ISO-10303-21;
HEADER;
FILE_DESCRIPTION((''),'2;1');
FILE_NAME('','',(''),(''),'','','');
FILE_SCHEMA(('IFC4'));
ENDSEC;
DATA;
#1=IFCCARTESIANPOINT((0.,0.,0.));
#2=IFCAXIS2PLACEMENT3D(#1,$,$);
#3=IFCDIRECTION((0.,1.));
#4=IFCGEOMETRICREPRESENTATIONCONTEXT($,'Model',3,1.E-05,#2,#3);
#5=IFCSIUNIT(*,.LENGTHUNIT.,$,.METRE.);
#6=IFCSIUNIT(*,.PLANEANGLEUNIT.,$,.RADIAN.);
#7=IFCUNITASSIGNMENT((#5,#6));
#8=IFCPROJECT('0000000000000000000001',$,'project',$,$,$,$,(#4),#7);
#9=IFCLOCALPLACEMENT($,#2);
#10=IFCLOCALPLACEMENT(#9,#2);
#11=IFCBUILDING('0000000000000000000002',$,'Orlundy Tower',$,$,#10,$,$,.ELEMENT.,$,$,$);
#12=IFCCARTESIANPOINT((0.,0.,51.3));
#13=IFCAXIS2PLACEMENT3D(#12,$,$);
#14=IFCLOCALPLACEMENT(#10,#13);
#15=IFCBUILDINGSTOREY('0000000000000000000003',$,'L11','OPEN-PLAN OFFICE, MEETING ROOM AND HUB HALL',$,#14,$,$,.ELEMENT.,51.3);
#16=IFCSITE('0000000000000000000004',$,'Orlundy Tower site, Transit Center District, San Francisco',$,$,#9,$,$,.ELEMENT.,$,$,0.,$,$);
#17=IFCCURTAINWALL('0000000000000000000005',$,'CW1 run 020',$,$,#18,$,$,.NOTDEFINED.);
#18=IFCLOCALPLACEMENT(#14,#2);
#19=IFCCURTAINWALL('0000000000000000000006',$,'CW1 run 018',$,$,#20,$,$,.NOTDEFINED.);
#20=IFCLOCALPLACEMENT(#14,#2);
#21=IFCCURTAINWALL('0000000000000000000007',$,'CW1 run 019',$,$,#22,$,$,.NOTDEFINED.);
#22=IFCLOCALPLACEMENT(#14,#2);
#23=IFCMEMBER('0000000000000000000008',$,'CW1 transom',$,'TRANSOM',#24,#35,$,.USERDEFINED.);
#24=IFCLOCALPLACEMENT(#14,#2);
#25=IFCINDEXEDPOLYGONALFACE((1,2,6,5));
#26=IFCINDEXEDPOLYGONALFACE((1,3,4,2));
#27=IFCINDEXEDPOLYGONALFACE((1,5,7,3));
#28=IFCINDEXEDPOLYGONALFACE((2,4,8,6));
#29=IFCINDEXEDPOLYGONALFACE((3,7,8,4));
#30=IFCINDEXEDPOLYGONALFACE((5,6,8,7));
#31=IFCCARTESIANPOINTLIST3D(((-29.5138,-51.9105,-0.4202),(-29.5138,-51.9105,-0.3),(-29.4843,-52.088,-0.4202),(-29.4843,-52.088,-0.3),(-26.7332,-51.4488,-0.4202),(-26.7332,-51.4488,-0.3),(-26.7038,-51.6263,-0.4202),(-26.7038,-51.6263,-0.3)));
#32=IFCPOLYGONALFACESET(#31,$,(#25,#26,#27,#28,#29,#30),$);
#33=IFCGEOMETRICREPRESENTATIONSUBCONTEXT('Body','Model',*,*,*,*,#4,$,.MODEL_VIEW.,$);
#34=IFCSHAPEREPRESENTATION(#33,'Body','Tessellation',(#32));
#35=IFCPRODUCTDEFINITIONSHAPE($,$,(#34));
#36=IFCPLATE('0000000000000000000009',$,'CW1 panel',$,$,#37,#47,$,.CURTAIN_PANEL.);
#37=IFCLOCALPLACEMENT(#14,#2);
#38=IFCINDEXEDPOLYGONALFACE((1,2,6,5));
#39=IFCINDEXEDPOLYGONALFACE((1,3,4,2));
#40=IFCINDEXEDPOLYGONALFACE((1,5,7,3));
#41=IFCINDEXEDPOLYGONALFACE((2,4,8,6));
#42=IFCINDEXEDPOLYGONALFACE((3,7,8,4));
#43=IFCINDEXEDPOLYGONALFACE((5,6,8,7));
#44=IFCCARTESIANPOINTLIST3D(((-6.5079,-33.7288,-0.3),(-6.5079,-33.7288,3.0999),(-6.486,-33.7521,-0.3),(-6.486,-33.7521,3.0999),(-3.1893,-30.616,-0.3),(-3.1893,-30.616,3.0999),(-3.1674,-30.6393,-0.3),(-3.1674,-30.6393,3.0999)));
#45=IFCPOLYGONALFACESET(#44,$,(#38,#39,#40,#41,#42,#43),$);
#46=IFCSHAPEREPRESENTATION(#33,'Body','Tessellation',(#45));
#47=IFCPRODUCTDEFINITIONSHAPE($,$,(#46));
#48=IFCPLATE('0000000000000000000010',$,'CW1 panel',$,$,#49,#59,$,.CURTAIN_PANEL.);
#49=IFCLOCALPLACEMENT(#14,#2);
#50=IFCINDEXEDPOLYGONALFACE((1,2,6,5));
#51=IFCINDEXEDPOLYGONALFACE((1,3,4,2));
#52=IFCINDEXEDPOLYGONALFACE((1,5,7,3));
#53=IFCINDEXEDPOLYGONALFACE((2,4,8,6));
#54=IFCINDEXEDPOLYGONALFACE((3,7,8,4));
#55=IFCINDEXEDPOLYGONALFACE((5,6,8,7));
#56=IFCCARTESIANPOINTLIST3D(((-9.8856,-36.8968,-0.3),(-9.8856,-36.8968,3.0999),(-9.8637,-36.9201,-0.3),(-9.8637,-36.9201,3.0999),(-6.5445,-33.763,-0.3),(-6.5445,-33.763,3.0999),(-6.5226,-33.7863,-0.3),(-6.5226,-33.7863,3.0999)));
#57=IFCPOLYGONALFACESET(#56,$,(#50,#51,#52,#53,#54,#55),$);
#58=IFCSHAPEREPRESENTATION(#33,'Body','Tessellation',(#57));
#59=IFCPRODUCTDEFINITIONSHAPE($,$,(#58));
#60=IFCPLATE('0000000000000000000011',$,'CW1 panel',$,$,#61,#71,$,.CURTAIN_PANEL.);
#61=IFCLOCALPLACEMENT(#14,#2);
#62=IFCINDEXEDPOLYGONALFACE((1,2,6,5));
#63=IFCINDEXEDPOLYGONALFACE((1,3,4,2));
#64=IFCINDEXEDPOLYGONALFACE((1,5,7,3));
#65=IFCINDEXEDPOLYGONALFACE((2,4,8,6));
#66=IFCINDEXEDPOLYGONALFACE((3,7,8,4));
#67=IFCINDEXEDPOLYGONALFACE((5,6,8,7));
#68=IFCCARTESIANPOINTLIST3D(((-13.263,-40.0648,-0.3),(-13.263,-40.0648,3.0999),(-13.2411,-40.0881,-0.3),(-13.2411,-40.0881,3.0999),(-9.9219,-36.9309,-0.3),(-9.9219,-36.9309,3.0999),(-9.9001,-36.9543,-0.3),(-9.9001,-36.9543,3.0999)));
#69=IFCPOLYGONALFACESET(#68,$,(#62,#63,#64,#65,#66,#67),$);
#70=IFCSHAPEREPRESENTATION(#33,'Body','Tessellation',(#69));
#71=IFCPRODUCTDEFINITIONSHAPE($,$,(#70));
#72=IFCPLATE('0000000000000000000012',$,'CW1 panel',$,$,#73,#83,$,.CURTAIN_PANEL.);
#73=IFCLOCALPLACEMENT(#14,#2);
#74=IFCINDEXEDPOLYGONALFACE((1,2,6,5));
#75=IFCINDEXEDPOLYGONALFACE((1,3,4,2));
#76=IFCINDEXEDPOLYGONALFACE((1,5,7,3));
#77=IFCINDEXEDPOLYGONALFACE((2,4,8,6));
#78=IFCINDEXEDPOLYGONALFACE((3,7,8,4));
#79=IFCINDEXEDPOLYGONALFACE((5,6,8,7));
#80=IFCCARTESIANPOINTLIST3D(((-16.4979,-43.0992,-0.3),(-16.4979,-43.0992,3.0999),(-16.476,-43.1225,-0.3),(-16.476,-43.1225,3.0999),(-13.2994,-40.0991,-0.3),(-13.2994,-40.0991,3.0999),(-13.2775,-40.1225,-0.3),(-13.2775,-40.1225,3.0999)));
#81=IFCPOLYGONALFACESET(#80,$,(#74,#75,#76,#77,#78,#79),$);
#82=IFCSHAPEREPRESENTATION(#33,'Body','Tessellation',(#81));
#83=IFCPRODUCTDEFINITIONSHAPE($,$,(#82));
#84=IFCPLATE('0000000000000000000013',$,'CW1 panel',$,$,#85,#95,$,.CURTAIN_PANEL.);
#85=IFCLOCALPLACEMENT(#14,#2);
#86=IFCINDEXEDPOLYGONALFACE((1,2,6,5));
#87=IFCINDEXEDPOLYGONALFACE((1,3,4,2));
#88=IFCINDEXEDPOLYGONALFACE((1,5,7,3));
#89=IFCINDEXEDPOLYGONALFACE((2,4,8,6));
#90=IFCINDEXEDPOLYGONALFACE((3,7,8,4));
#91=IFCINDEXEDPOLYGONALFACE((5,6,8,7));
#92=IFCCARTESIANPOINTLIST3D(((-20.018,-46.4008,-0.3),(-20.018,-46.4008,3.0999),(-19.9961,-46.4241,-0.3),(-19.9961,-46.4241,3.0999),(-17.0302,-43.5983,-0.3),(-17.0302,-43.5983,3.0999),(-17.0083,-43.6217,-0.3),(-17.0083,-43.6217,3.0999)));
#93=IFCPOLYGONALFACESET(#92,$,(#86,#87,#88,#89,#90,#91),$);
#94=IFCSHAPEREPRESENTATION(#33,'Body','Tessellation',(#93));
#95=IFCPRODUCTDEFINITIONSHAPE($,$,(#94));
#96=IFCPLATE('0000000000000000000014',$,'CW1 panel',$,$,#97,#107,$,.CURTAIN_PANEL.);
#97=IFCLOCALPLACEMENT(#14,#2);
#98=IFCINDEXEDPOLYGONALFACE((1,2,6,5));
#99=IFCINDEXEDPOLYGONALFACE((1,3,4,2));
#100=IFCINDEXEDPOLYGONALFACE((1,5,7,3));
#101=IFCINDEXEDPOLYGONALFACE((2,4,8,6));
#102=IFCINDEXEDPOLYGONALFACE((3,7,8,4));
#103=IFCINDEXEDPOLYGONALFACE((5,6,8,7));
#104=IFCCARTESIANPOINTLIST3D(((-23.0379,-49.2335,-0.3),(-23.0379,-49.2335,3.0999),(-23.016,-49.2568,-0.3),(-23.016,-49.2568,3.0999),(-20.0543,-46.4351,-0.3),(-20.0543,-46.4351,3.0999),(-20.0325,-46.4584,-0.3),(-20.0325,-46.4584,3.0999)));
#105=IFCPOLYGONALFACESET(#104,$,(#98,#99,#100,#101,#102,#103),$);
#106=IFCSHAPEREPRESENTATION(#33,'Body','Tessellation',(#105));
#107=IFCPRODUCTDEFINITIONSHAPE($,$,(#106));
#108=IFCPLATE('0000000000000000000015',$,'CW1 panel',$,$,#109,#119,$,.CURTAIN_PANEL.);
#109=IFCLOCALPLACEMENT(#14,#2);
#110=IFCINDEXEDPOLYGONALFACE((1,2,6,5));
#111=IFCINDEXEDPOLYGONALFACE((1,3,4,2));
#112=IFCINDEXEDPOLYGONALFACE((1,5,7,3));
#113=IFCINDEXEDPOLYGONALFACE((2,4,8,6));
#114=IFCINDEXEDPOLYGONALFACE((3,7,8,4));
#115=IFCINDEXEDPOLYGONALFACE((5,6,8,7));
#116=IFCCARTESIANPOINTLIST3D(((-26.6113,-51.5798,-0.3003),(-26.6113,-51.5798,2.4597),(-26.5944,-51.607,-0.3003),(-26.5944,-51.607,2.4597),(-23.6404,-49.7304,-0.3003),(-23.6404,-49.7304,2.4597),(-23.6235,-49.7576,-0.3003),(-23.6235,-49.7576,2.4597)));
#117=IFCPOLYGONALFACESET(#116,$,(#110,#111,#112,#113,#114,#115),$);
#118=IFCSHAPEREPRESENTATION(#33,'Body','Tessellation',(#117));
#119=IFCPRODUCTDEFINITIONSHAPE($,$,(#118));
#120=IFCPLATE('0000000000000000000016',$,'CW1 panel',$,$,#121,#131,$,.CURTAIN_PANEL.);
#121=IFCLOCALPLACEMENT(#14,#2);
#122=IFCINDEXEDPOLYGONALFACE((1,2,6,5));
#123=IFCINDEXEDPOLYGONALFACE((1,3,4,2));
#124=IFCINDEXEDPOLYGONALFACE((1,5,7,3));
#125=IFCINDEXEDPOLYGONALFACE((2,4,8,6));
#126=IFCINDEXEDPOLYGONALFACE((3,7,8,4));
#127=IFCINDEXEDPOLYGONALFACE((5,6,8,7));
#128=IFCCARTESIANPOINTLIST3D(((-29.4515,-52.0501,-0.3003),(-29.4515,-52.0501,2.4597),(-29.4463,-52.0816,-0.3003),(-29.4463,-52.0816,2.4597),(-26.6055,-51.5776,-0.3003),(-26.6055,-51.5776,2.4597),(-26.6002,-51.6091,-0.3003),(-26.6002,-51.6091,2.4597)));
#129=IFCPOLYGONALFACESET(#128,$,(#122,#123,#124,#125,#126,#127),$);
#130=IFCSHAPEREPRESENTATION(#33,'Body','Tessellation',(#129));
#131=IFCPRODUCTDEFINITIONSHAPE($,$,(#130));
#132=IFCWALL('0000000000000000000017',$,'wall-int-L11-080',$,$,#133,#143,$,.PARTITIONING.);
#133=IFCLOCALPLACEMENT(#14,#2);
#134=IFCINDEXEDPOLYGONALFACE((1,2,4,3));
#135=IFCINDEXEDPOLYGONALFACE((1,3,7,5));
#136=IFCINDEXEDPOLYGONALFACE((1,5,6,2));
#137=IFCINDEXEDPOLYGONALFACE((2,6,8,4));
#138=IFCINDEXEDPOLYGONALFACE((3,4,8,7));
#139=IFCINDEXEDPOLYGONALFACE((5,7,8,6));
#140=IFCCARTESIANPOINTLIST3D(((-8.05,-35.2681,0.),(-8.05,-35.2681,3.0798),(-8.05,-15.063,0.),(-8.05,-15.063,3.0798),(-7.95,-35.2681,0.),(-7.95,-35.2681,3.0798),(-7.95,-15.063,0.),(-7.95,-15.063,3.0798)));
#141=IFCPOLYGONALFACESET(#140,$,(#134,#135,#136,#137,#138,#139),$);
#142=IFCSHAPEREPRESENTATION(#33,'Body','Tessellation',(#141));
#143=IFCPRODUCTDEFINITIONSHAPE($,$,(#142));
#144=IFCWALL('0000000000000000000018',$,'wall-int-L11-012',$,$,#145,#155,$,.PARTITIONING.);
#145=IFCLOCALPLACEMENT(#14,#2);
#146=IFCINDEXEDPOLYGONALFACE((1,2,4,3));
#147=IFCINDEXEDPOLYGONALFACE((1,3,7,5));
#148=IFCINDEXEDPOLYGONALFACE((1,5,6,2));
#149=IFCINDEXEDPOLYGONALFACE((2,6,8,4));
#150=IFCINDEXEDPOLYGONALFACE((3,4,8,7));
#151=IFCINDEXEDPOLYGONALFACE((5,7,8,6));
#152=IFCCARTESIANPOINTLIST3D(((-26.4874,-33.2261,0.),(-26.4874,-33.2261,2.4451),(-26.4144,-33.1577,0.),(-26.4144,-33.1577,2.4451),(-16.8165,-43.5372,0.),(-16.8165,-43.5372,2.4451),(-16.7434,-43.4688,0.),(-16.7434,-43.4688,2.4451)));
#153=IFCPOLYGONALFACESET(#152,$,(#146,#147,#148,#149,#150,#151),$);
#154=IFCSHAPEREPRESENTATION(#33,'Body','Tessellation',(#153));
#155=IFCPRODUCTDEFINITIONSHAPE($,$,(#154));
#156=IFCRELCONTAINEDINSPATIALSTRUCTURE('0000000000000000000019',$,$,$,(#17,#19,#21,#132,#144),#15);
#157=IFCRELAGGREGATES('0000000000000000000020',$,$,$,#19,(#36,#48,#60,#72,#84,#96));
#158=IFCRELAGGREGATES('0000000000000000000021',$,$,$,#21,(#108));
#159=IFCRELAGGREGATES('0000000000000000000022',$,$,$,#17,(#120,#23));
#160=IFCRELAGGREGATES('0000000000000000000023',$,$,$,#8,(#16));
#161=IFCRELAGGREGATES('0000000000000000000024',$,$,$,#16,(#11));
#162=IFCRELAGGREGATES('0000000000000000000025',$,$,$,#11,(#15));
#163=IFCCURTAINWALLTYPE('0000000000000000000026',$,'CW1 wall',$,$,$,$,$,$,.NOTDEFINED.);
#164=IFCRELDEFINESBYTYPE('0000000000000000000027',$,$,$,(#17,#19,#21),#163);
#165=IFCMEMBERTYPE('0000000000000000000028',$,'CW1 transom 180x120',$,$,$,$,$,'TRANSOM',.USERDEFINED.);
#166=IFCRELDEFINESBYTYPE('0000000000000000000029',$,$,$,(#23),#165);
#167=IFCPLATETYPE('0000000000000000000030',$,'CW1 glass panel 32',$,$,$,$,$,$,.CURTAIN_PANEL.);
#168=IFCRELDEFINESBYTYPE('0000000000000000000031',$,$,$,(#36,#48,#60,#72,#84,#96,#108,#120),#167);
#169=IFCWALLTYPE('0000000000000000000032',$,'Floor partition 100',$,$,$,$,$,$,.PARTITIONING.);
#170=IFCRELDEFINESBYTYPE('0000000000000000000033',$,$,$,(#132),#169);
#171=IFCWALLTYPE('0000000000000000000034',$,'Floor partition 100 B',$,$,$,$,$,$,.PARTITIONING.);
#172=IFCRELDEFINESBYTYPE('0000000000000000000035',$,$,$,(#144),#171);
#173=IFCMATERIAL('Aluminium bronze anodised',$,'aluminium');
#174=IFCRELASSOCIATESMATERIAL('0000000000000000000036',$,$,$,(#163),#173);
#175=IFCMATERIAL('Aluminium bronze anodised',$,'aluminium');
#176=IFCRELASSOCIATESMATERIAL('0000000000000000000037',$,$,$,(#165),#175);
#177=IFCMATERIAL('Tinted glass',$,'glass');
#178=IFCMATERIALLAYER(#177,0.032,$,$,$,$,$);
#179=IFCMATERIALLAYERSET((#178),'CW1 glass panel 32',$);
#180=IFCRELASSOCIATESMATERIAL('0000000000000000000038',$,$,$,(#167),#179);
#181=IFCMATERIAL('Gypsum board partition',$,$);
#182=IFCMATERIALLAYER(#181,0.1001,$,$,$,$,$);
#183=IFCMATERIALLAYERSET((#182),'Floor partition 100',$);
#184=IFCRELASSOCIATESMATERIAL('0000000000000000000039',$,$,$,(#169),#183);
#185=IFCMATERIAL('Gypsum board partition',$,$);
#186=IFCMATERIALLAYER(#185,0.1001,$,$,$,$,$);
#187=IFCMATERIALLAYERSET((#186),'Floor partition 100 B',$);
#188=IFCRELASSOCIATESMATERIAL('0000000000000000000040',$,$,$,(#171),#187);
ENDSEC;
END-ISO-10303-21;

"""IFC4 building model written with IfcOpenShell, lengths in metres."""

from ifc_helpers import new_model, si_unit, direction, frame, frame_2d, origin, origin_2d, place, context, subcontext, project, spatial, rectangle, extrude, material, layer, layer_set, material_profile, profile_set, type_object, element, aggregate, save


model = new_model("IFC4")

# Units and contexts
model_context = context("Model", 3, precision=1e-05, world=origin(), true_north=direction((0.0, 1.0)))
body_context = subcontext(model_context, "Body", "Model", "MODEL_VIEW")
ifc_project = project(units=[si_unit("LENGTHUNIT", "METRE"), si_unit("PLANEANGLEUNIT", "RADIAN")], contexts=[model_context])

# Site, building, storey
site_placement = place(None, origin())
site = spatial("IfcSite", under=ifc_project, at=site_placement, Name="Orlundy Tower site, Transit Center District, San Francisco", CompositionType="ELEMENT", RefElevation=0.0)
building_placement = place(site_placement, origin())
building = spatial("IfcBuilding", under=site, at=building_placement, Name="Orlundy Tower", CompositionType="ELEMENT")
storey_placement = place(building_placement, frame((0.0, 0.0, 51.3)))
storey = spatial("IfcBuildingStorey", under=building, at=storey_placement, Name="L11", Description="OPEN-PLAN OFFICE, MEETING ROOM AND HUB HALL", CompositionType="ELEMENT", Elevation=51.3)

# Curtain wall
ifc_material_1 = material(Name="Aluminium bronze anodised", Category="aluminium")
curtain_wall_type = type_object("IfcCurtainWallType", Name="CW1 wall", PredefinedType="NOTDEFINED", material=ifc_material_1)
curtain_wall_1_placement = place(storey_placement, origin())
curtain_wall_1 = element("IfcCurtainWall", 1, at=curtain_wall_1_placement, inside=storey, type_object=curtain_wall_type, Name="CW1 run 020", PredefinedType="NOTDEFINED")

# Curtain wall
curtain_wall_2_placement = place(storey_placement, origin())
curtain_wall_2 = element("IfcCurtainWall", 2, at=curtain_wall_2_placement, inside=storey, type_object=curtain_wall_type, Name="CW1 run 018", PredefinedType="NOTDEFINED")
ifc_material_2 = material(Name="Aluminium bronze anodised", Category="aluminium")
ifc_material_profile_1 = material_profile(ifc_material_2, rectangle(XDim=0.1799, YDim=0.1201, at=origin_2d()), Name="CW1 transom 180x120")
ifc_profile_set_1 = profile_set([ifc_material_profile_1], Name="Aluminium bronze anodised")
member_type_1 = type_object("IfcMemberType", Name="CW1 transom 180x120", ElementType="TRANSOM", PredefinedType="USERDEFINED", material=ifc_profile_set_1)

# Curtain wall
curtain_wall_3_placement = place(storey_placement, origin())
curtain_wall_3 = element("IfcCurtainWall", 3, at=curtain_wall_3_placement, inside=storey, type_object=curtain_wall_type, Name="CW1 run 019", PredefinedType="NOTDEFINED")

# Member
member_1_placement = place(storey_placement, frame((-26.7185, -51.5376, -0.3601), z_axis=(-0.986494, -0.163795, 0.0), x_axis=(0.163795, -0.986494, 0.0)))
member_1 = element("IfcMember", 4, at=member_1_placement, type_object=member_type_1, Name="CW1 transom", ObjectType="TRANSOM", PredefinedType="USERDEFINED", context=body_context, shape_type="SweptSolid", body=[
    extrude(rectangle(XDim=0.1799, YDim=0.1201, at=origin_2d()), origin(), (0.0, 0.0, 1.0), 2.8186),
])

# Plates
ifc_material_3 = material(Name="Tinted glass", Category="glass")
ifc_layer_1 = layer(ifc_material_3, 0.032)
ifc_layer_set_1 = layer_set([ifc_layer_1], Name="CW1 glass panel 32")
plate_type = type_object("IfcPlateType", Name="CW1 glass panel 32", PredefinedType="CURTAIN_PANEL", material=ifc_layer_set_1)
plate_1_placement = place(storey_placement, frame((-4.8376, -32.1841, -0.3), z_axis=(0.0, 0.0, 1.0), x_axis=(-0.729365, -0.684124, 0.0)))
plate_1 = element("IfcPlate", 5, at=plate_1_placement, type_object=plate_type, Name="CW1 panel", PredefinedType="CURTAIN_PANEL", context=body_context, shape_type="SweptSolid", body=[
    extrude(rectangle(XDim=4.55, YDim=0.032, at=origin_2d()), origin(), (0.0, 0.0, 1.0), 3.3999),
])
plate_2_placement = place(storey_placement, frame((-8.2041, -35.3416, -0.3), z_axis=(0.0, 0.0, 1.0), x_axis=(-0.729365, -0.684124, 0.0)))
plate_2 = element("IfcPlate", 6, at=plate_2_placement, type_object=plate_type, Name="CW1 panel", PredefinedType="CURTAIN_PANEL", context=body_context, shape_type="SweptSolid", body=[
    extrude(rectangle(XDim=4.5808, YDim=0.032, at=origin_2d()), origin(), (0.0, 0.0, 1.0), 3.3999),
])
plate_3_placement = place(storey_placement, frame((-11.5815, -38.5095, -0.3), z_axis=(0.0, 0.0, 1.0), x_axis=(-0.729365, -0.684124, 0.0)))
plate_3 = element("IfcPlate", 7, at=plate_3_placement, type_object=plate_type, Name="CW1 panel", PredefinedType="CURTAIN_PANEL", context=body_context, shape_type="SweptSolid", body=[
    extrude(rectangle(XDim=4.5808, YDim=0.032, at=origin_2d()), origin(), (0.0, 0.0, 1.0), 3.3999),
])
plate_4_placement = place(storey_placement, frame((-14.8877, -41.6108, -0.3), z_axis=(0.0, 0.0, 1.0), x_axis=(-0.729365, -0.684124, 0.0)))
plate_4 = element("IfcPlate", 8, at=plate_4_placement, type_object=plate_type, Name="CW1 panel", PredefinedType="CURTAIN_PANEL", context=body_context, shape_type="SweptSolid", body=[
    extrude(rectangle(XDim=4.3853, YDim=0.032, at=origin_2d()), origin(), (0.0, 0.0, 1.0), 3.3999),
])
plate_5_placement = place(storey_placement, frame((-18.5132, -45.0112, -0.3), z_axis=(0.0, 0.0, 1.0), x_axis=(-0.729365, -0.684124, 0.0)))
plate_5 = element("IfcPlate", 9, at=plate_5_placement, type_object=plate_type, Name="CW1 panel", PredefinedType="CURTAIN_PANEL", context=body_context, shape_type="SweptSolid", body=[
    extrude(rectangle(XDim=4.0964, YDim=0.032, at=origin_2d()), origin(), (0.0, 0.0, 1.0), 3.3999),
])
plate_6_placement = place(storey_placement, frame((-21.5352, -47.8459, -0.3), z_axis=(0.0, 0.0, 1.0), x_axis=(-0.729365, -0.684124, 0.0)))
plate_6 = element("IfcPlate", 10, at=plate_6_placement, type_object=plate_type, Name="CW1 panel", PredefinedType="CURTAIN_PANEL", context=body_context, shape_type="SweptSolid", body=[
    extrude(rectangle(XDim=4.0906, YDim=0.032, at=origin_2d()), origin(), (0.0, 0.0, 1.0), 3.3999),
])
aggregate(curtain_wall_2, [plate_1, plate_2, plate_3, plate_4, plate_5, plate_6])
plate_7_placement = place(storey_placement, frame((-25.1174, -50.6687, -0.3003), z_axis=(0.0, 0.0, 1.0), x_axis=(-0.848952, -0.52847, 0.0)))
plate_7 = element("IfcPlate", 11, at=plate_7_placement, type_object=plate_type, Name="CW1 panel", PredefinedType="CURTAIN_PANEL", context=body_context, shape_type="SweptSolid", body=[
    extrude(rectangle(XDim=3.4995, YDim=0.032, at=origin_2d()), origin(), (0.0, 0.0, 1.0), 2.76),
])
aggregate(curtain_wall_3, [plate_7])
plate_8_placement = place(storey_placement, frame((-28.0259, -51.8296, -0.3003), z_axis=(0.0, 0.0, 1.0), x_axis=(-0.986496, -0.163786, 0.0)))
plate_8 = element("IfcPlate", 12, at=plate_8_placement, type_object=plate_type, Name="CW1 panel", PredefinedType="CURTAIN_PANEL", context=body_context, shape_type="SweptSolid", body=[
    extrude(rectangle(XDim=2.885, YDim=0.032, at=origin_2d()), origin(), (0.0, 0.0, 1.0), 2.76),
])
aggregate(curtain_wall_1, [plate_8, member_1])

# Walls
ifc_material_4 = material(Name="Gypsum board partition")
ifc_layer_2 = layer(ifc_material_4, 0.1001)
ifc_layer_set_2 = layer_set([ifc_layer_2], Name="Floor partition 100")
wall_type_1 = type_object("IfcWallType", Name="Floor partition 100", PredefinedType="PARTITIONING", material=ifc_layer_set_2)
wall_1_placement = place(storey_placement, frame((-8.0, -35.2681, 0.0), z_axis=(0.0, 0.0, 1.0), x_axis=(0.0, 1.0, 0.0)))
element("IfcWall", 13, at=wall_1_placement, inside=storey, type_object=wall_type_1, Name="wall-int-L11-080", PredefinedType="PARTITIONING", context=body_context, shape_type="SweptSolid", body=[
    extrude(rectangle(XDim=20.2051, YDim=0.1001, at=frame_2d((10.1025, 0.0))), origin(), (0.0, 0.0, 1.0), 3.0798),
])
ifc_material_5 = material(Name="Gypsum board partition")
ifc_layer_3 = layer(ifc_material_5, 0.1001)
ifc_layer_set_3 = layer_set([ifc_layer_3], Name="Floor partition 100 B")
wall_type_2 = type_object("IfcWallType", Name="Floor partition 100 B", PredefinedType="PARTITIONING", material=ifc_layer_set_3)
wall_2_placement = place(storey_placement, frame((-26.4509, -33.1919, 0.0), z_axis=(0.0, 0.0, 1.0), x_axis=(0.684103, -0.729385, 0.0)))
element("IfcWall", 14, at=wall_2_placement, inside=storey, type_object=wall_type_2, Name="wall-int-L11-012", PredefinedType="PARTITIONING", context=body_context, shape_type="SweptSolid", body=[
    extrude(rectangle(XDim=14.1367, YDim=0.1001, at=frame_2d((7.0684, 0.0))), origin(), (0.0, 0.0, 1.0), 2.4451),
])

save(model, "model.ifc")
